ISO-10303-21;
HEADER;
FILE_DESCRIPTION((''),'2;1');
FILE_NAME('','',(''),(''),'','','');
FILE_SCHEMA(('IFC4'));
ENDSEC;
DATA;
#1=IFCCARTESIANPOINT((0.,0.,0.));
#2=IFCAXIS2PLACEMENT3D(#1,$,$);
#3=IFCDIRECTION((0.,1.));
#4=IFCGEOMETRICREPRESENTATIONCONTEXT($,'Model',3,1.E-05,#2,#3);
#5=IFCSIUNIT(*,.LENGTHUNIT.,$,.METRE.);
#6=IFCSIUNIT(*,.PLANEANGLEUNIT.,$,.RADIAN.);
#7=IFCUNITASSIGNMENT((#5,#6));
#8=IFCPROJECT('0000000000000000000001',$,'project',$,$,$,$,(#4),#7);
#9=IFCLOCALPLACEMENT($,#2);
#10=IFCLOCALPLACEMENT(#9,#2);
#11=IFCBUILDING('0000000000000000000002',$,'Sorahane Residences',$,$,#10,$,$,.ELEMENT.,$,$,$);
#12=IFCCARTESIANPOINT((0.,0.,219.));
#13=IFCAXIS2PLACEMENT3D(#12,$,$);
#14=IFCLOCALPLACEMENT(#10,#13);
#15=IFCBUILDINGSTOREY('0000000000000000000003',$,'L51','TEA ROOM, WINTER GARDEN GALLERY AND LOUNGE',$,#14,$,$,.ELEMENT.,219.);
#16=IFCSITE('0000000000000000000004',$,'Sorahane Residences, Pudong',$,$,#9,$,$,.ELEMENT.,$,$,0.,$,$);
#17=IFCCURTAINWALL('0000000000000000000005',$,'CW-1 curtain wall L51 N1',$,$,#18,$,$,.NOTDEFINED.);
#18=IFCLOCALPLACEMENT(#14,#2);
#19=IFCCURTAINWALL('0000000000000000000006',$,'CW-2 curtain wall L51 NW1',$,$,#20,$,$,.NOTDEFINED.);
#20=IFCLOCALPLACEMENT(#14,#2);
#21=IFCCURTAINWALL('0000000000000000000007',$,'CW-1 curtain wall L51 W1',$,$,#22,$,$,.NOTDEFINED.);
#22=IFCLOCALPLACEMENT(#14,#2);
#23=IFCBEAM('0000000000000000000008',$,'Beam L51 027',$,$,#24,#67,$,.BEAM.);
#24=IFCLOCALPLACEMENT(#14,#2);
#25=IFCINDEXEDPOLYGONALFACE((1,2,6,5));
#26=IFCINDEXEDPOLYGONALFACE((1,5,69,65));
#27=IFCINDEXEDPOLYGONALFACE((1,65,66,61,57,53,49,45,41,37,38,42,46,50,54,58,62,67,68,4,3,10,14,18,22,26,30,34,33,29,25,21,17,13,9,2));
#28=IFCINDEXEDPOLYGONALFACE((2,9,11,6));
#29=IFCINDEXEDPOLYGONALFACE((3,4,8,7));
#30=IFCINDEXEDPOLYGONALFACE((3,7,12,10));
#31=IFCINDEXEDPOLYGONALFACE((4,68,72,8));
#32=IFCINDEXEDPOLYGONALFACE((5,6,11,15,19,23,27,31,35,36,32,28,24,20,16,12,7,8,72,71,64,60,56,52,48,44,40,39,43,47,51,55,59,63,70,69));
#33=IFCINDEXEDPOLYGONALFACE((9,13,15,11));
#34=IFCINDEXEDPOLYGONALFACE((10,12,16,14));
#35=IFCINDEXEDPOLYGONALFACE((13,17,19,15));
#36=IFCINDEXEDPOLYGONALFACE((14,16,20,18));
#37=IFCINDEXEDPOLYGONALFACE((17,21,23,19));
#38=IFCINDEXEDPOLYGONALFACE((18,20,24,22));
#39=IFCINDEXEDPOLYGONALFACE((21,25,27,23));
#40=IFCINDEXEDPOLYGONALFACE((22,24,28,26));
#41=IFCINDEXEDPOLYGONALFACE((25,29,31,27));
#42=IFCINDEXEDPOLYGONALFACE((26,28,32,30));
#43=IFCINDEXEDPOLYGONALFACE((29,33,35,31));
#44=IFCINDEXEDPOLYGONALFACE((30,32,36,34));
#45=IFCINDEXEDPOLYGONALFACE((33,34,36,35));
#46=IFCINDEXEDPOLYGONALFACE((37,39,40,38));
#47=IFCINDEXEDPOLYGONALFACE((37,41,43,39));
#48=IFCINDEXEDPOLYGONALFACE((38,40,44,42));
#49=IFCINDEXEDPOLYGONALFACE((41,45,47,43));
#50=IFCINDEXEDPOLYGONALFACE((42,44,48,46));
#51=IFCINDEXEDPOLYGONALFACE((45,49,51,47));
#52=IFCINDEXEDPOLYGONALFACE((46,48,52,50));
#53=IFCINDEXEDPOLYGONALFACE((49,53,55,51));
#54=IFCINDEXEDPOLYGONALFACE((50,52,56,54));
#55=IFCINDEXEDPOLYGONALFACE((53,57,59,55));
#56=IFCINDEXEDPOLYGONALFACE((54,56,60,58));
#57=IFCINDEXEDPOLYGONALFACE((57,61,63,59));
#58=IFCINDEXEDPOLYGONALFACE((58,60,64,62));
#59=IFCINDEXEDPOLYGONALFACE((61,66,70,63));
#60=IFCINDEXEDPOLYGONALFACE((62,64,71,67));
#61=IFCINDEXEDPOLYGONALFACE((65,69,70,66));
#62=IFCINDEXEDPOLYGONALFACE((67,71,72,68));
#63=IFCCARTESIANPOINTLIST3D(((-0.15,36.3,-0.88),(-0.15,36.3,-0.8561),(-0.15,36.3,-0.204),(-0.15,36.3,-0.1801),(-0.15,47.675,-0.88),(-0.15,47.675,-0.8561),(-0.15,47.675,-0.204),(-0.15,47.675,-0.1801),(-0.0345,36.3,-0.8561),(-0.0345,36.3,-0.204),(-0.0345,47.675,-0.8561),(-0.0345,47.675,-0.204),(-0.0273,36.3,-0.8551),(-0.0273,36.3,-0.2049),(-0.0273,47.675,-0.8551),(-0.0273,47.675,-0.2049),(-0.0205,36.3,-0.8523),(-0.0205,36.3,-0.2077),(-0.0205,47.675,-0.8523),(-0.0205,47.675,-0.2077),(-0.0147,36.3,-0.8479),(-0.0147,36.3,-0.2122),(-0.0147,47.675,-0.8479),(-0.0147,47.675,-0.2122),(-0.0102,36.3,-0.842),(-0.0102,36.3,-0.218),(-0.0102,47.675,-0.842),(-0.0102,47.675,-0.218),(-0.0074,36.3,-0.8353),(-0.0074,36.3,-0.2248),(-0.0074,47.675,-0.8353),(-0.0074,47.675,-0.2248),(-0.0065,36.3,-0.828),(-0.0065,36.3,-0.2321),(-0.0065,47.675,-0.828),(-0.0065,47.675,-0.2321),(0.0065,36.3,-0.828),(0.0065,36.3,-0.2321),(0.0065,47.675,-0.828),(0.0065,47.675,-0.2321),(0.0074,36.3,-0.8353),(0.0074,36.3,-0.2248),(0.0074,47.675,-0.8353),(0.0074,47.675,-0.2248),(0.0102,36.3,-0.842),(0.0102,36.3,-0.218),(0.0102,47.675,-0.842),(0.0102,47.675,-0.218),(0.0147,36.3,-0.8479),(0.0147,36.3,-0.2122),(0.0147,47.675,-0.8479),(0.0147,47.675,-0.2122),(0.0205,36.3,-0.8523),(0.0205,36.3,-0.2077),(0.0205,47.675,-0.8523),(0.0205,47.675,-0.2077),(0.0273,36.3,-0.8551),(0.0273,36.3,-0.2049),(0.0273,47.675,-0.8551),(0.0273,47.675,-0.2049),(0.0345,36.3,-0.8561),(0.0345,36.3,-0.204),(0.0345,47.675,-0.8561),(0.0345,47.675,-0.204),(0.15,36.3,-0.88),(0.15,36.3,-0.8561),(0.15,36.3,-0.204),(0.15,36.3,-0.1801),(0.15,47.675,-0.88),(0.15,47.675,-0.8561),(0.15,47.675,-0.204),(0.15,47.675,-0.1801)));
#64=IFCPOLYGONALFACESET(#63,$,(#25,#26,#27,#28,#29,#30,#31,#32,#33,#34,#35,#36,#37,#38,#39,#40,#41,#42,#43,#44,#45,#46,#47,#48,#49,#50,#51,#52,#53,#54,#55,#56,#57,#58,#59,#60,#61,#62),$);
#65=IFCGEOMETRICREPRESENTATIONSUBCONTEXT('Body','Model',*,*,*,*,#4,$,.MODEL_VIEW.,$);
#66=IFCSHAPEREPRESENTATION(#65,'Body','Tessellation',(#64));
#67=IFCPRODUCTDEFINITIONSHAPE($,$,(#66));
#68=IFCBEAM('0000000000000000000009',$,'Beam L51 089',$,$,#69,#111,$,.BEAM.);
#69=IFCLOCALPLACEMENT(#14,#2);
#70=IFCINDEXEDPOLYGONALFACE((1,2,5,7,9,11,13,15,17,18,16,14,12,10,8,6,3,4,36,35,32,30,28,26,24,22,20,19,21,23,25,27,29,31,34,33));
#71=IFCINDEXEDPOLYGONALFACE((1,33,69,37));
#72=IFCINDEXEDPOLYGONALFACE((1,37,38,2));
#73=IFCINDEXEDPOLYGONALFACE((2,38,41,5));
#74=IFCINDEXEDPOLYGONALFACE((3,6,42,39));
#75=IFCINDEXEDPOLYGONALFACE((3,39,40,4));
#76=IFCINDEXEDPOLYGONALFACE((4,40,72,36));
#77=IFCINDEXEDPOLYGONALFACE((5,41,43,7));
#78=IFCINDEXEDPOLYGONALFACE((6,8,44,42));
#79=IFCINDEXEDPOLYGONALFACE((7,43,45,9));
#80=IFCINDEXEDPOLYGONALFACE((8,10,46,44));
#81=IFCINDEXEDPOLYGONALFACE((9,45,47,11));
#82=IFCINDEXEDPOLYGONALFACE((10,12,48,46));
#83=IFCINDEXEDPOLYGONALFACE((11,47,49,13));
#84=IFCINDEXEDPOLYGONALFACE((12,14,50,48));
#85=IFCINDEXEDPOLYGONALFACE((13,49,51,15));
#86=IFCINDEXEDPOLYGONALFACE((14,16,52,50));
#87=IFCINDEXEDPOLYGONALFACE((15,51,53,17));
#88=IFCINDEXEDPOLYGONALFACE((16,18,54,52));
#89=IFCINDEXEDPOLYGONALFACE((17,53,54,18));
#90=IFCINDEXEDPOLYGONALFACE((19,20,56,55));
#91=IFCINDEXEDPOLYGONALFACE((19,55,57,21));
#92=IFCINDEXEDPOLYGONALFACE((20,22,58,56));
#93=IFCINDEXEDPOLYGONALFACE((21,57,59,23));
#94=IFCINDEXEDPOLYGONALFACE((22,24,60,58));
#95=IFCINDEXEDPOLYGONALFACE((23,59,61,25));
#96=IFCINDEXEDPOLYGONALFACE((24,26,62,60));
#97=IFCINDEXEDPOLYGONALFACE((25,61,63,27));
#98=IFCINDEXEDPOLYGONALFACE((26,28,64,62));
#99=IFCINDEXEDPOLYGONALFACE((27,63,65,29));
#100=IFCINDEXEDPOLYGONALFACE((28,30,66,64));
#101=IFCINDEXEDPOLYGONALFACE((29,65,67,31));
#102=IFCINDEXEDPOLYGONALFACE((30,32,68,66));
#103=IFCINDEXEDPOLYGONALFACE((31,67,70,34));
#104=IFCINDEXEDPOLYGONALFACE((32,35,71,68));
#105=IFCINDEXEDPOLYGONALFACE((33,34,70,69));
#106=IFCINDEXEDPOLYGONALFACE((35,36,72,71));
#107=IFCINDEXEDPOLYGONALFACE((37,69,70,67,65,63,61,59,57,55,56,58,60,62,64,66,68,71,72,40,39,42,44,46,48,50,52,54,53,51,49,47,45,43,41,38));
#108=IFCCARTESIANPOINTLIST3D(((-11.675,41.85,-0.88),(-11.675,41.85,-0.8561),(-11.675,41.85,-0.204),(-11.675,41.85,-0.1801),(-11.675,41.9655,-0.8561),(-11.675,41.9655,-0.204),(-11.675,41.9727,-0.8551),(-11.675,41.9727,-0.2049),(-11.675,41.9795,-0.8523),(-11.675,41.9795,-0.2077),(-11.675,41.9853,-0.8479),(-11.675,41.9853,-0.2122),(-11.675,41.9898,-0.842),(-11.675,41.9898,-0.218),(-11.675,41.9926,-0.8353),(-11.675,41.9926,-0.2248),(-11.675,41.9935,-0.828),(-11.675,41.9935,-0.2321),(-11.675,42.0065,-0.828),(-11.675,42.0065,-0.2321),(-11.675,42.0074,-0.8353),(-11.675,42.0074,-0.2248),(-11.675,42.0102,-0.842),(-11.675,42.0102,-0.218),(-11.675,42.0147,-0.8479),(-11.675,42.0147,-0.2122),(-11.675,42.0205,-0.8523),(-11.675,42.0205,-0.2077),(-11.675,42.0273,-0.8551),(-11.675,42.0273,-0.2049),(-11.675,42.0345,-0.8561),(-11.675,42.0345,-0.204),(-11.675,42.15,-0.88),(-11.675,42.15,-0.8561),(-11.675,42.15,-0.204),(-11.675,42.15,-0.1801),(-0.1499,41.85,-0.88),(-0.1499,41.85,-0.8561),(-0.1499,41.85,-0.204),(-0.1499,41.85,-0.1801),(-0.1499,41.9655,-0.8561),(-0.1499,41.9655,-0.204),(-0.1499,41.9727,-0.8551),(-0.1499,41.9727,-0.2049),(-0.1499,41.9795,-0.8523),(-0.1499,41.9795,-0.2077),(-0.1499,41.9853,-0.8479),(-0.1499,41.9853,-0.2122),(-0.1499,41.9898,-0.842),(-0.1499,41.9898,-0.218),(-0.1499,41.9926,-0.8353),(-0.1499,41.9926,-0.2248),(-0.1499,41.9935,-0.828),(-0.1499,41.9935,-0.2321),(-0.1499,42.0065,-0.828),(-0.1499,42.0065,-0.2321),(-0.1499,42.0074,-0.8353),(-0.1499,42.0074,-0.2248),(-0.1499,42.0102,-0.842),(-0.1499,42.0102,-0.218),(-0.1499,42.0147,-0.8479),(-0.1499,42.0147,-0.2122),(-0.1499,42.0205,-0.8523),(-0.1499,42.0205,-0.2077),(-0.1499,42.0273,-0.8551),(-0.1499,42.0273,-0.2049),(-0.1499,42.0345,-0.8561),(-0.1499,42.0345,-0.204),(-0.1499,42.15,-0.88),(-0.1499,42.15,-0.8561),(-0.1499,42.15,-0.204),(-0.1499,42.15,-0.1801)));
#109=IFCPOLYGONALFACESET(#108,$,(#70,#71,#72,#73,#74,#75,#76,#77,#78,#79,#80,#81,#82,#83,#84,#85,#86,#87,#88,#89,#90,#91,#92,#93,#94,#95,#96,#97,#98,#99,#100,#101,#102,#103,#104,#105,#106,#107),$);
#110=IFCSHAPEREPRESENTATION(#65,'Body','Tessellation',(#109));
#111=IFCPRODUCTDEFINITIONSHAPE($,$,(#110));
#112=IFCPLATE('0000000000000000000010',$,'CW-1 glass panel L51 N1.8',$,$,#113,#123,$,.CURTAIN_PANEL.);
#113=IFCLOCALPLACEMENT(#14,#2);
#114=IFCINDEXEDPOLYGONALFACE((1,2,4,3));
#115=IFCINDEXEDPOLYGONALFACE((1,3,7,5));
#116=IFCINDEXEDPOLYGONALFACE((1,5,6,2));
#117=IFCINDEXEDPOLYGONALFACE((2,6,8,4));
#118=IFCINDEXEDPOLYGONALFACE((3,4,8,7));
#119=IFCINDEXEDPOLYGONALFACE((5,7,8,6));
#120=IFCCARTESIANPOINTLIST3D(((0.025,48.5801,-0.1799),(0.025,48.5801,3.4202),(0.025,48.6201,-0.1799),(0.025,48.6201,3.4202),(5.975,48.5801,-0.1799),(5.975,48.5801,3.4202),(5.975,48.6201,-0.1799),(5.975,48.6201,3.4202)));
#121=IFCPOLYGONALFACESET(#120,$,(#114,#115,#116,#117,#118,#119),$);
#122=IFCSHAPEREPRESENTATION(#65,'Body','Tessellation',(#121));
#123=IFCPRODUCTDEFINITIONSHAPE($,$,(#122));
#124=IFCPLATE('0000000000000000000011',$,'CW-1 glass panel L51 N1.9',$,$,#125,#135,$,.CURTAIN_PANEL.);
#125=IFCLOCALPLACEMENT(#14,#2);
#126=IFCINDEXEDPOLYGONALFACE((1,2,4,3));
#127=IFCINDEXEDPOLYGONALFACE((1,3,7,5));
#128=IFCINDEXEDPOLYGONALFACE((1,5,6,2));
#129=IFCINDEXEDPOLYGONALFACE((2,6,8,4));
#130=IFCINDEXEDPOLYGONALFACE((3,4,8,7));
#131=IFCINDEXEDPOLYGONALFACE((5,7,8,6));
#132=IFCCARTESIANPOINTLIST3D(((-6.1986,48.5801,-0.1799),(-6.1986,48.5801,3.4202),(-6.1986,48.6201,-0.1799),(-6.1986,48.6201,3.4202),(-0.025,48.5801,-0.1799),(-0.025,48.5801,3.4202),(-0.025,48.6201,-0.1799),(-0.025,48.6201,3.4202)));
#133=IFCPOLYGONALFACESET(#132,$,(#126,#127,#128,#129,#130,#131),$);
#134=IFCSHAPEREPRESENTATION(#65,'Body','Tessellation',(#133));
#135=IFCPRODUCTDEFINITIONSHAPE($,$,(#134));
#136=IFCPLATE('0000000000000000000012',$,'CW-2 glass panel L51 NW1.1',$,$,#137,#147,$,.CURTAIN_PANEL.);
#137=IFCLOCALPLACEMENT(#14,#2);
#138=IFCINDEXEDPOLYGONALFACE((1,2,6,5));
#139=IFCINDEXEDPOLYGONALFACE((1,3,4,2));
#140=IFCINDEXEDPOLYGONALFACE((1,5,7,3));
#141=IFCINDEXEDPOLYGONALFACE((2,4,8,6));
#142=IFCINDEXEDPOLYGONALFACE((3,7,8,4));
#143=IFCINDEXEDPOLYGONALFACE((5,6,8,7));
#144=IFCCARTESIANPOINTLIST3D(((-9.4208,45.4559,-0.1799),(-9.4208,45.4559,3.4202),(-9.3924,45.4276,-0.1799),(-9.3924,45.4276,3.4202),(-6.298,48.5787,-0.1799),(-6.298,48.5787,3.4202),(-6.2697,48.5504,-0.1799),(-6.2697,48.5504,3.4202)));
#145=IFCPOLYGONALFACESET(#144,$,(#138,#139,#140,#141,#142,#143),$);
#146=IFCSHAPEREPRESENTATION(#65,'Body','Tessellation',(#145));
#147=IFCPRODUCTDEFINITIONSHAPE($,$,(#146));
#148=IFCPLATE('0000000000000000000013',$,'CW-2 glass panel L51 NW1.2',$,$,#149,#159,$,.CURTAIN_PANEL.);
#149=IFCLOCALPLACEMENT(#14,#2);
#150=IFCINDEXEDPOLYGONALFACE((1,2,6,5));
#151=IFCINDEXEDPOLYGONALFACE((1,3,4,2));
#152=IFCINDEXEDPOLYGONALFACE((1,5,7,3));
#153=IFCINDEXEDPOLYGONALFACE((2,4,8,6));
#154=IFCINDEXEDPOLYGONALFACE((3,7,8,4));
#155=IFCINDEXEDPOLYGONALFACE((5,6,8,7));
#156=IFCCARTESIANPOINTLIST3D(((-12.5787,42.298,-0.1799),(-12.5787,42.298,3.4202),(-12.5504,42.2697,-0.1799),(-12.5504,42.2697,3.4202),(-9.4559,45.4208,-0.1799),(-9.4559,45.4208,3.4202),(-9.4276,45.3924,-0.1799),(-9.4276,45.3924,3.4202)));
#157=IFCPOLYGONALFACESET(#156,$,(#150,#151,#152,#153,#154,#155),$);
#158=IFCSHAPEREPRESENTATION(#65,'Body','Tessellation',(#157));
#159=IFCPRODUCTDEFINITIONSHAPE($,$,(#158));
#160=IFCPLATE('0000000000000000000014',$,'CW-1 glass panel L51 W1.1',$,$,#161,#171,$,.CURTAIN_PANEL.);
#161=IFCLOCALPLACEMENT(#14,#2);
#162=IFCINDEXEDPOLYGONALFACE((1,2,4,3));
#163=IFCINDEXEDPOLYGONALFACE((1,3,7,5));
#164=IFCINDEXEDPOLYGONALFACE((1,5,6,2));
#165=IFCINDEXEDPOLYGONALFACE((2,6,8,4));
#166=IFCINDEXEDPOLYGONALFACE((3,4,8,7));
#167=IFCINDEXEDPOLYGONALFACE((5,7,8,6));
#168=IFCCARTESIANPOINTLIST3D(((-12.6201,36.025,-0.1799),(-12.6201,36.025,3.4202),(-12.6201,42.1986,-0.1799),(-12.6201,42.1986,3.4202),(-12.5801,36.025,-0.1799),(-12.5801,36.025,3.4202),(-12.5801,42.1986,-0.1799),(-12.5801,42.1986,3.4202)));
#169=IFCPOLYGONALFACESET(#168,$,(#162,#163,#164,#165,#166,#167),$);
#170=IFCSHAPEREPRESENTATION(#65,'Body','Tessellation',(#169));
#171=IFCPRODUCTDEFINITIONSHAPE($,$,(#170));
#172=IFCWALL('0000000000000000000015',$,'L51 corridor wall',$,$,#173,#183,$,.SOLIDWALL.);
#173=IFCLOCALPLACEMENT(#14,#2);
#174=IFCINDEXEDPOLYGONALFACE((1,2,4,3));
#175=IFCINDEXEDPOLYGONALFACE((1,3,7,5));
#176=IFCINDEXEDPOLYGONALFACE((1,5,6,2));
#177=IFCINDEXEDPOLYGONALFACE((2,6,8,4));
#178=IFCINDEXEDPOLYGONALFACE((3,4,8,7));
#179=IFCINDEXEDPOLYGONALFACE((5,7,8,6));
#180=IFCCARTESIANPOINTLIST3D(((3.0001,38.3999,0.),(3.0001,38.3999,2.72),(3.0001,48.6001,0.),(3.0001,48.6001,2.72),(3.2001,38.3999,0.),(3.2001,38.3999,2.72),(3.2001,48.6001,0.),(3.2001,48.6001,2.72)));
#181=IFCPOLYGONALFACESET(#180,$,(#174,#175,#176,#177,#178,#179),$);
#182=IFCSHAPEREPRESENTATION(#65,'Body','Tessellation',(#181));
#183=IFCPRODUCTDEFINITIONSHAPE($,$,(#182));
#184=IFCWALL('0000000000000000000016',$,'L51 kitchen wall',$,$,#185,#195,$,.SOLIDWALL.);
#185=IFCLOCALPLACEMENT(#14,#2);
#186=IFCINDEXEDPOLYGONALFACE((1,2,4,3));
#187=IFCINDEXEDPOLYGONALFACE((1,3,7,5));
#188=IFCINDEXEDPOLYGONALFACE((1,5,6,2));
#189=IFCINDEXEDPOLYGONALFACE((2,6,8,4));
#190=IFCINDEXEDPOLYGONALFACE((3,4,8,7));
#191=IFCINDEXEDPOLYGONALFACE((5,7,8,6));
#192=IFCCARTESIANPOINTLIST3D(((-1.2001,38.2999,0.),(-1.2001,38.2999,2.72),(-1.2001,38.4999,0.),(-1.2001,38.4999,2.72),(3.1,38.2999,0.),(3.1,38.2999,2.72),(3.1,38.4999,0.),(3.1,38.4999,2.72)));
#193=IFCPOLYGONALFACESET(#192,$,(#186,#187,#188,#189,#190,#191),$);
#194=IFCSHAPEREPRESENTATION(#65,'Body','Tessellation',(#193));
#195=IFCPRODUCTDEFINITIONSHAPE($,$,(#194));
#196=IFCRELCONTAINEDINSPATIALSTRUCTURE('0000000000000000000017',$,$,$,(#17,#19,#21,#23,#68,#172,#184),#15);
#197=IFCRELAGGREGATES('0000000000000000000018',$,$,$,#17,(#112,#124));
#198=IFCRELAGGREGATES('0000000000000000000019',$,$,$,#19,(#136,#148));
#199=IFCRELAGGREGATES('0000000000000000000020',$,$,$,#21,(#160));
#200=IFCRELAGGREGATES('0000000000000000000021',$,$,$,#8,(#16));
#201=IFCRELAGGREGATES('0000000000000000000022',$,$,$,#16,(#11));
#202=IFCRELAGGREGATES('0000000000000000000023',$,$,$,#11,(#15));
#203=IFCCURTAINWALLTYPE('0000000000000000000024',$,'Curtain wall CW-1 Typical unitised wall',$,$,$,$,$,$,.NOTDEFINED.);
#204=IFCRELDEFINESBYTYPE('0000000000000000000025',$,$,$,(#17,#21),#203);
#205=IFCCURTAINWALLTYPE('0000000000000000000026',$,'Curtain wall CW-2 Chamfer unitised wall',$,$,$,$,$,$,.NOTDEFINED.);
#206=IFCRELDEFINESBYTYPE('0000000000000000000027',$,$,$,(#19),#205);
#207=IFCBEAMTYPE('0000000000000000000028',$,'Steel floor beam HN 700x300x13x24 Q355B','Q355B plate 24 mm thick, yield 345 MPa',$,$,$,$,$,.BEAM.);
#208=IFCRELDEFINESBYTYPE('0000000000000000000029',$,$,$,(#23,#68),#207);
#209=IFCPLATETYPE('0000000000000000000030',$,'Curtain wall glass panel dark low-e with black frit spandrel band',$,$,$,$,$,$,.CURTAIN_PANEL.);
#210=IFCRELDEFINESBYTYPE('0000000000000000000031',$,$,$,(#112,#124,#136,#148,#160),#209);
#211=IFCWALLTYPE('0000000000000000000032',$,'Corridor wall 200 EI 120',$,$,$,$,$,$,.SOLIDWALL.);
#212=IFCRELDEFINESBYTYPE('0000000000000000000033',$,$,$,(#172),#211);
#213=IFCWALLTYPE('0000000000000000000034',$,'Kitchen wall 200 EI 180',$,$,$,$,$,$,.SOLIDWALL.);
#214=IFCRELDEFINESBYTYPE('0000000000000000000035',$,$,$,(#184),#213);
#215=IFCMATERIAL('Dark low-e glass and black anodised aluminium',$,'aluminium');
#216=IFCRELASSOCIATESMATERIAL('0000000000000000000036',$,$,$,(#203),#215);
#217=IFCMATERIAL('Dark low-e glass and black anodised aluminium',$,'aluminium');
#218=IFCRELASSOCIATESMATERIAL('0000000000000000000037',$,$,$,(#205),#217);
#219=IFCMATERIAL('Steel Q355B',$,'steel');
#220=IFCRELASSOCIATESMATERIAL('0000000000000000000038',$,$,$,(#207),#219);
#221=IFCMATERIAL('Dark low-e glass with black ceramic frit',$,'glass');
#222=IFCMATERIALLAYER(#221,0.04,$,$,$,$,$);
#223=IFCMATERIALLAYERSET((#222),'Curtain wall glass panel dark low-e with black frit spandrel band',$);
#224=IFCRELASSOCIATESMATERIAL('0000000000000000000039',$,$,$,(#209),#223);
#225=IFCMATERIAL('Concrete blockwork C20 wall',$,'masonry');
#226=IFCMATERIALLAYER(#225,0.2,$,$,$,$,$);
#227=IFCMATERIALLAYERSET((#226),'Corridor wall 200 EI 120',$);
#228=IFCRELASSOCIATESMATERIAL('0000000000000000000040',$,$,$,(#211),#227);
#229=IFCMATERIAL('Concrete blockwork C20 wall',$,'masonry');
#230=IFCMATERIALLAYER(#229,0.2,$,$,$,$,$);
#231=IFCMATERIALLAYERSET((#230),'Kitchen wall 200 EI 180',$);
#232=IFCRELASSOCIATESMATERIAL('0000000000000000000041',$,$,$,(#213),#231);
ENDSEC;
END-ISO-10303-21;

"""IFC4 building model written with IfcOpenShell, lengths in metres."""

from ifc_helpers import new_model, si_unit, direction, frame, frame_2d, origin, origin_2d, place, context, subcontext, project, spatial, rectangle, i_section, extrude, material, layer, layer_set, material_profile, profile_set, type_object, element, aggregate, save


model = new_model("IFC4")

# Units and contexts
model_context = context("Model", 3, precision=1e-05, world=origin(), true_north=direction((0.0, 1.0)))
body_context = subcontext(model_context, "Body", "Model", "MODEL_VIEW")
ifc_project = project(units=[si_unit("LENGTHUNIT", "METRE"), si_unit("PLANEANGLEUNIT", "RADIAN")], contexts=[model_context])

# Site, building, storey
site_placement = place(None, origin())
site = spatial("IfcSite", under=ifc_project, at=site_placement, Name="Sorahane Residences, Pudong", CompositionType="ELEMENT", RefElevation=0.0)
building_placement = place(site_placement, origin())
building = spatial("IfcBuilding", under=site, at=building_placement, Name="Sorahane Residences", CompositionType="ELEMENT")
storey_placement = place(building_placement, frame((0.0, 0.0, 219.0)))
storey = spatial("IfcBuildingStorey", under=building, at=storey_placement, Name="L51", Description="TEA ROOM, WINTER GARDEN GALLERY AND LOUNGE", CompositionType="ELEMENT", Elevation=219.0)

# Curtain walls
ifc_material_1 = material(Name="Dark low-e glass and black anodised aluminium", Category="aluminium")
curtain_wall_type_1 = type_object("IfcCurtainWallType", Name="Curtain wall CW-1 Typical unitised wall", PredefinedType="NOTDEFINED", material=ifc_material_1)
curtain_wall_1_placement = place(storey_placement, origin())
curtain_wall_1 = element("IfcCurtainWall", 1, at=curtain_wall_1_placement, inside=storey, type_object=curtain_wall_type_1, Name="CW-1 curtain wall L51 N1", PredefinedType="NOTDEFINED")
ifc_material_2 = material(Name="Dark low-e glass and black anodised aluminium", Category="aluminium")
curtain_wall_type_2 = type_object("IfcCurtainWallType", Name="Curtain wall CW-2 Chamfer unitised wall", PredefinedType="NOTDEFINED", material=ifc_material_2)
curtain_wall_2_placement = place(storey_placement, origin())
curtain_wall_2 = element("IfcCurtainWall", 2, at=curtain_wall_2_placement, inside=storey, type_object=curtain_wall_type_2, Name="CW-2 curtain wall L51 NW1", PredefinedType="NOTDEFINED")

# Curtain wall
curtain_wall_3_placement = place(storey_placement, origin())
curtain_wall_3 = element("IfcCurtainWall", 3, at=curtain_wall_3_placement, inside=storey, type_object=curtain_wall_type_1, Name="CW-1 curtain wall L51 W1", PredefinedType="NOTDEFINED")

# Beams
ifc_material_3 = material(Name="Steel Q355B", Category="steel")
ifc_material_profile_1 = material_profile(ifc_material_3, i_section(OverallWidth=0.3, OverallDepth=0.7, WebThickness=0.0129, FlangeThickness=0.0239, FilletRadius=0.0281, at=origin_2d()), Name="HN 700x300x13x24")
ifc_profile_set_1 = profile_set([ifc_material_profile_1], Name="Steel Q355B")
beam_type_1 = type_object("IfcBeamType", Name="Steel floor beam HN 700x300x13x24 Q355B", Description="Q355B plate 24 mm thick, yield 345 MPa", PredefinedType="BEAM", material=ifc_profile_set_1)
beam_1_placement = place(storey_placement, frame((0.0, 36.3, -0.53), z_axis=(0.0, 1.0, 0.0), x_axis=(-1.0, 0.0, 0.0)))
element("IfcBeam", 4, at=beam_1_placement, inside=storey, type_object=beam_type_1, Name="Beam L51 027", PredefinedType="BEAM", context=body_context, shape_type="SweptSolid", body=[
    extrude(i_section(OverallWidth=0.3, OverallDepth=0.7, WebThickness=0.0129, FlangeThickness=0.0239, FilletRadius=0.0281, at=origin_2d()), origin(), (0.0, 0.0, 1.0), 11.375),
])
beam_2_placement = place(storey_placement, frame((-11.675, 42.0, -0.53), z_axis=(1.0, 0.0, 0.0), x_axis=(0.0, 1.0, 0.0)))
element("IfcBeam", 5, at=beam_2_placement, inside=storey, type_object=beam_type_1, Name="Beam L51 089", PredefinedType="BEAM", context=body_context, shape_type="SweptSolid", body=[
    extrude(i_section(OverallWidth=0.3, OverallDepth=0.7, WebThickness=0.0129, FlangeThickness=0.0239, FilletRadius=0.0281, at=origin_2d()), origin(), (0.0, 0.0, 1.0), 11.5251),
])

# Plates
ifc_material_4 = material(Name="Dark low-e glass with black ceramic frit", Category="glass")
ifc_layer_1 = layer(ifc_material_4, 0.04)
ifc_layer_set_1 = layer_set([ifc_layer_1], Name="Curtain wall glass panel dark low-e with black frit spandrel band")
plate_type = type_object("IfcPlateType", Name="Curtain wall glass panel dark low-e with black frit spandrel band", PredefinedType="CURTAIN_PANEL", material=ifc_layer_set_1)
plate_1_placement = place(storey_placement, frame((3.0, 48.6001, -0.1799), z_axis=(0.0, 0.0, 1.0), x_axis=(-1.0, 0.0, 0.0)))
plate_1 = element("IfcPlate", 6, at=plate_1_placement, type_object=plate_type, Name="CW-1 glass panel L51 N1.8", PredefinedType="CURTAIN_PANEL", context=body_context, shape_type="SweptSolid", body=[
    extrude(rectangle(XDim=5.95, YDim=0.04, at=origin_2d()), origin(), (0.0, 0.0, 1.0), 3.6001),
])
plate_2_placement = place(storey_placement, frame((-3.1118, 48.6001, -0.1799), z_axis=(0.0, 0.0, 1.0), x_axis=(-1.0, 0.0, 0.0)))
plate_2 = element("IfcPlate", 7, at=plate_2_placement, type_object=plate_type, Name="CW-1 glass panel L51 N1.9", PredefinedType="CURTAIN_PANEL", context=body_context, shape_type="SweptSolid", body=[
    extrude(rectangle(XDim=6.1736, YDim=0.04, at=origin_2d()), origin(), (0.0, 0.0, 1.0), 3.6001),
])
aggregate(curtain_wall_1, [plate_1, plate_2])
plate_3_placement = place(storey_placement, frame((-7.8452, 47.0032, -0.1799), z_axis=(0.0, 0.0, 1.0), x_axis=(-0.707107, -0.707107, 0.0)))
plate_3 = element("IfcPlate", 8, at=plate_3_placement, type_object=plate_type, Name="CW-2 glass panel L51 NW1.1", PredefinedType="CURTAIN_PANEL", context=body_context, shape_type="SweptSolid", body=[
    extrude(rectangle(XDim=4.4163, YDim=0.04, at=origin_2d()), origin(), (0.0, 0.0, 1.0), 3.6001),
])
plate_4_placement = place(storey_placement, frame((-11.0032, 43.8452, -0.1799), z_axis=(0.0, 0.0, 1.0), x_axis=(-0.707107, -0.707107, 0.0)))
plate_4 = element("IfcPlate", 9, at=plate_4_placement, type_object=plate_type, Name="CW-2 glass panel L51 NW1.2", PredefinedType="CURTAIN_PANEL", context=body_context, shape_type="SweptSolid", body=[
    extrude(rectangle(XDim=4.4163, YDim=0.04, at=origin_2d()), origin(), (0.0, 0.0, 1.0), 3.6001),
])
aggregate(curtain_wall_2, [plate_3, plate_4])
plate_5_placement = place(storey_placement, frame((-12.6001, 39.1118, -0.1799), z_axis=(0.0, 0.0, 1.0), x_axis=(0.0, -1.0, 0.0)))
plate_5 = element("IfcPlate", 10, at=plate_5_placement, type_object=plate_type, Name="CW-1 glass panel L51 W1.1", PredefinedType="CURTAIN_PANEL", context=body_context, shape_type="SweptSolid", body=[
    extrude(rectangle(XDim=6.1736, YDim=0.04, at=origin_2d()), origin(), (0.0, 0.0, 1.0), 3.6001),
])
aggregate(curtain_wall_3, [plate_5])

# Walls
ifc_material_5 = material(Name="Concrete blockwork C20 wall", Category="masonry")
ifc_layer_2 = layer(ifc_material_5, 0.2)
ifc_layer_set_2 = layer_set([ifc_layer_2], Name="Corridor wall 200 EI 120")
wall_type_1 = type_object("IfcWallType", Name="Corridor wall 200 EI 120", PredefinedType="SOLIDWALL", material=ifc_layer_set_2)
wall_1_placement = place(storey_placement, frame((3.1001, 38.3999, 0.0), z_axis=(0.0, 0.0, 1.0), x_axis=(0.0, 1.0, 0.0)))
element("IfcWall", 11, at=wall_1_placement, inside=storey, type_object=wall_type_1, Name="L51 corridor wall", PredefinedType="SOLIDWALL", context=body_context, shape_type="SweptSolid", body=[
    extrude(rectangle(XDim=10.2002, YDim=0.2, at=frame_2d((5.1001, 0.0))), origin(), (0.0, 0.0, 1.0), 2.72),
])
ifc_material_6 = material(Name="Concrete blockwork C20 wall", Category="masonry")
ifc_layer_3 = layer(ifc_material_6, 0.2)
ifc_layer_set_3 = layer_set([ifc_layer_3], Name="Kitchen wall 200 EI 180")
wall_type_2 = type_object("IfcWallType", Name="Kitchen wall 200 EI 180", PredefinedType="SOLIDWALL", material=ifc_layer_set_3)
wall_2_placement = place(storey_placement, frame((-1.2, 38.3999, 0.0), z_axis=(0.0, 0.0, 1.0), x_axis=(1.0, 0.0, 0.0)))
element("IfcWall", 12, at=wall_2_placement, inside=storey, type_object=wall_type_2, Name="L51 kitchen wall", PredefinedType="SOLIDWALL", context=body_context, shape_type="SweptSolid", body=[
    extrude(rectangle(XDim=4.3, YDim=0.2, at=frame_2d((2.1499, 0.0))), origin(), (0.0, 0.0, 1.0), 2.72),
])

save(model, "model.ifc")
